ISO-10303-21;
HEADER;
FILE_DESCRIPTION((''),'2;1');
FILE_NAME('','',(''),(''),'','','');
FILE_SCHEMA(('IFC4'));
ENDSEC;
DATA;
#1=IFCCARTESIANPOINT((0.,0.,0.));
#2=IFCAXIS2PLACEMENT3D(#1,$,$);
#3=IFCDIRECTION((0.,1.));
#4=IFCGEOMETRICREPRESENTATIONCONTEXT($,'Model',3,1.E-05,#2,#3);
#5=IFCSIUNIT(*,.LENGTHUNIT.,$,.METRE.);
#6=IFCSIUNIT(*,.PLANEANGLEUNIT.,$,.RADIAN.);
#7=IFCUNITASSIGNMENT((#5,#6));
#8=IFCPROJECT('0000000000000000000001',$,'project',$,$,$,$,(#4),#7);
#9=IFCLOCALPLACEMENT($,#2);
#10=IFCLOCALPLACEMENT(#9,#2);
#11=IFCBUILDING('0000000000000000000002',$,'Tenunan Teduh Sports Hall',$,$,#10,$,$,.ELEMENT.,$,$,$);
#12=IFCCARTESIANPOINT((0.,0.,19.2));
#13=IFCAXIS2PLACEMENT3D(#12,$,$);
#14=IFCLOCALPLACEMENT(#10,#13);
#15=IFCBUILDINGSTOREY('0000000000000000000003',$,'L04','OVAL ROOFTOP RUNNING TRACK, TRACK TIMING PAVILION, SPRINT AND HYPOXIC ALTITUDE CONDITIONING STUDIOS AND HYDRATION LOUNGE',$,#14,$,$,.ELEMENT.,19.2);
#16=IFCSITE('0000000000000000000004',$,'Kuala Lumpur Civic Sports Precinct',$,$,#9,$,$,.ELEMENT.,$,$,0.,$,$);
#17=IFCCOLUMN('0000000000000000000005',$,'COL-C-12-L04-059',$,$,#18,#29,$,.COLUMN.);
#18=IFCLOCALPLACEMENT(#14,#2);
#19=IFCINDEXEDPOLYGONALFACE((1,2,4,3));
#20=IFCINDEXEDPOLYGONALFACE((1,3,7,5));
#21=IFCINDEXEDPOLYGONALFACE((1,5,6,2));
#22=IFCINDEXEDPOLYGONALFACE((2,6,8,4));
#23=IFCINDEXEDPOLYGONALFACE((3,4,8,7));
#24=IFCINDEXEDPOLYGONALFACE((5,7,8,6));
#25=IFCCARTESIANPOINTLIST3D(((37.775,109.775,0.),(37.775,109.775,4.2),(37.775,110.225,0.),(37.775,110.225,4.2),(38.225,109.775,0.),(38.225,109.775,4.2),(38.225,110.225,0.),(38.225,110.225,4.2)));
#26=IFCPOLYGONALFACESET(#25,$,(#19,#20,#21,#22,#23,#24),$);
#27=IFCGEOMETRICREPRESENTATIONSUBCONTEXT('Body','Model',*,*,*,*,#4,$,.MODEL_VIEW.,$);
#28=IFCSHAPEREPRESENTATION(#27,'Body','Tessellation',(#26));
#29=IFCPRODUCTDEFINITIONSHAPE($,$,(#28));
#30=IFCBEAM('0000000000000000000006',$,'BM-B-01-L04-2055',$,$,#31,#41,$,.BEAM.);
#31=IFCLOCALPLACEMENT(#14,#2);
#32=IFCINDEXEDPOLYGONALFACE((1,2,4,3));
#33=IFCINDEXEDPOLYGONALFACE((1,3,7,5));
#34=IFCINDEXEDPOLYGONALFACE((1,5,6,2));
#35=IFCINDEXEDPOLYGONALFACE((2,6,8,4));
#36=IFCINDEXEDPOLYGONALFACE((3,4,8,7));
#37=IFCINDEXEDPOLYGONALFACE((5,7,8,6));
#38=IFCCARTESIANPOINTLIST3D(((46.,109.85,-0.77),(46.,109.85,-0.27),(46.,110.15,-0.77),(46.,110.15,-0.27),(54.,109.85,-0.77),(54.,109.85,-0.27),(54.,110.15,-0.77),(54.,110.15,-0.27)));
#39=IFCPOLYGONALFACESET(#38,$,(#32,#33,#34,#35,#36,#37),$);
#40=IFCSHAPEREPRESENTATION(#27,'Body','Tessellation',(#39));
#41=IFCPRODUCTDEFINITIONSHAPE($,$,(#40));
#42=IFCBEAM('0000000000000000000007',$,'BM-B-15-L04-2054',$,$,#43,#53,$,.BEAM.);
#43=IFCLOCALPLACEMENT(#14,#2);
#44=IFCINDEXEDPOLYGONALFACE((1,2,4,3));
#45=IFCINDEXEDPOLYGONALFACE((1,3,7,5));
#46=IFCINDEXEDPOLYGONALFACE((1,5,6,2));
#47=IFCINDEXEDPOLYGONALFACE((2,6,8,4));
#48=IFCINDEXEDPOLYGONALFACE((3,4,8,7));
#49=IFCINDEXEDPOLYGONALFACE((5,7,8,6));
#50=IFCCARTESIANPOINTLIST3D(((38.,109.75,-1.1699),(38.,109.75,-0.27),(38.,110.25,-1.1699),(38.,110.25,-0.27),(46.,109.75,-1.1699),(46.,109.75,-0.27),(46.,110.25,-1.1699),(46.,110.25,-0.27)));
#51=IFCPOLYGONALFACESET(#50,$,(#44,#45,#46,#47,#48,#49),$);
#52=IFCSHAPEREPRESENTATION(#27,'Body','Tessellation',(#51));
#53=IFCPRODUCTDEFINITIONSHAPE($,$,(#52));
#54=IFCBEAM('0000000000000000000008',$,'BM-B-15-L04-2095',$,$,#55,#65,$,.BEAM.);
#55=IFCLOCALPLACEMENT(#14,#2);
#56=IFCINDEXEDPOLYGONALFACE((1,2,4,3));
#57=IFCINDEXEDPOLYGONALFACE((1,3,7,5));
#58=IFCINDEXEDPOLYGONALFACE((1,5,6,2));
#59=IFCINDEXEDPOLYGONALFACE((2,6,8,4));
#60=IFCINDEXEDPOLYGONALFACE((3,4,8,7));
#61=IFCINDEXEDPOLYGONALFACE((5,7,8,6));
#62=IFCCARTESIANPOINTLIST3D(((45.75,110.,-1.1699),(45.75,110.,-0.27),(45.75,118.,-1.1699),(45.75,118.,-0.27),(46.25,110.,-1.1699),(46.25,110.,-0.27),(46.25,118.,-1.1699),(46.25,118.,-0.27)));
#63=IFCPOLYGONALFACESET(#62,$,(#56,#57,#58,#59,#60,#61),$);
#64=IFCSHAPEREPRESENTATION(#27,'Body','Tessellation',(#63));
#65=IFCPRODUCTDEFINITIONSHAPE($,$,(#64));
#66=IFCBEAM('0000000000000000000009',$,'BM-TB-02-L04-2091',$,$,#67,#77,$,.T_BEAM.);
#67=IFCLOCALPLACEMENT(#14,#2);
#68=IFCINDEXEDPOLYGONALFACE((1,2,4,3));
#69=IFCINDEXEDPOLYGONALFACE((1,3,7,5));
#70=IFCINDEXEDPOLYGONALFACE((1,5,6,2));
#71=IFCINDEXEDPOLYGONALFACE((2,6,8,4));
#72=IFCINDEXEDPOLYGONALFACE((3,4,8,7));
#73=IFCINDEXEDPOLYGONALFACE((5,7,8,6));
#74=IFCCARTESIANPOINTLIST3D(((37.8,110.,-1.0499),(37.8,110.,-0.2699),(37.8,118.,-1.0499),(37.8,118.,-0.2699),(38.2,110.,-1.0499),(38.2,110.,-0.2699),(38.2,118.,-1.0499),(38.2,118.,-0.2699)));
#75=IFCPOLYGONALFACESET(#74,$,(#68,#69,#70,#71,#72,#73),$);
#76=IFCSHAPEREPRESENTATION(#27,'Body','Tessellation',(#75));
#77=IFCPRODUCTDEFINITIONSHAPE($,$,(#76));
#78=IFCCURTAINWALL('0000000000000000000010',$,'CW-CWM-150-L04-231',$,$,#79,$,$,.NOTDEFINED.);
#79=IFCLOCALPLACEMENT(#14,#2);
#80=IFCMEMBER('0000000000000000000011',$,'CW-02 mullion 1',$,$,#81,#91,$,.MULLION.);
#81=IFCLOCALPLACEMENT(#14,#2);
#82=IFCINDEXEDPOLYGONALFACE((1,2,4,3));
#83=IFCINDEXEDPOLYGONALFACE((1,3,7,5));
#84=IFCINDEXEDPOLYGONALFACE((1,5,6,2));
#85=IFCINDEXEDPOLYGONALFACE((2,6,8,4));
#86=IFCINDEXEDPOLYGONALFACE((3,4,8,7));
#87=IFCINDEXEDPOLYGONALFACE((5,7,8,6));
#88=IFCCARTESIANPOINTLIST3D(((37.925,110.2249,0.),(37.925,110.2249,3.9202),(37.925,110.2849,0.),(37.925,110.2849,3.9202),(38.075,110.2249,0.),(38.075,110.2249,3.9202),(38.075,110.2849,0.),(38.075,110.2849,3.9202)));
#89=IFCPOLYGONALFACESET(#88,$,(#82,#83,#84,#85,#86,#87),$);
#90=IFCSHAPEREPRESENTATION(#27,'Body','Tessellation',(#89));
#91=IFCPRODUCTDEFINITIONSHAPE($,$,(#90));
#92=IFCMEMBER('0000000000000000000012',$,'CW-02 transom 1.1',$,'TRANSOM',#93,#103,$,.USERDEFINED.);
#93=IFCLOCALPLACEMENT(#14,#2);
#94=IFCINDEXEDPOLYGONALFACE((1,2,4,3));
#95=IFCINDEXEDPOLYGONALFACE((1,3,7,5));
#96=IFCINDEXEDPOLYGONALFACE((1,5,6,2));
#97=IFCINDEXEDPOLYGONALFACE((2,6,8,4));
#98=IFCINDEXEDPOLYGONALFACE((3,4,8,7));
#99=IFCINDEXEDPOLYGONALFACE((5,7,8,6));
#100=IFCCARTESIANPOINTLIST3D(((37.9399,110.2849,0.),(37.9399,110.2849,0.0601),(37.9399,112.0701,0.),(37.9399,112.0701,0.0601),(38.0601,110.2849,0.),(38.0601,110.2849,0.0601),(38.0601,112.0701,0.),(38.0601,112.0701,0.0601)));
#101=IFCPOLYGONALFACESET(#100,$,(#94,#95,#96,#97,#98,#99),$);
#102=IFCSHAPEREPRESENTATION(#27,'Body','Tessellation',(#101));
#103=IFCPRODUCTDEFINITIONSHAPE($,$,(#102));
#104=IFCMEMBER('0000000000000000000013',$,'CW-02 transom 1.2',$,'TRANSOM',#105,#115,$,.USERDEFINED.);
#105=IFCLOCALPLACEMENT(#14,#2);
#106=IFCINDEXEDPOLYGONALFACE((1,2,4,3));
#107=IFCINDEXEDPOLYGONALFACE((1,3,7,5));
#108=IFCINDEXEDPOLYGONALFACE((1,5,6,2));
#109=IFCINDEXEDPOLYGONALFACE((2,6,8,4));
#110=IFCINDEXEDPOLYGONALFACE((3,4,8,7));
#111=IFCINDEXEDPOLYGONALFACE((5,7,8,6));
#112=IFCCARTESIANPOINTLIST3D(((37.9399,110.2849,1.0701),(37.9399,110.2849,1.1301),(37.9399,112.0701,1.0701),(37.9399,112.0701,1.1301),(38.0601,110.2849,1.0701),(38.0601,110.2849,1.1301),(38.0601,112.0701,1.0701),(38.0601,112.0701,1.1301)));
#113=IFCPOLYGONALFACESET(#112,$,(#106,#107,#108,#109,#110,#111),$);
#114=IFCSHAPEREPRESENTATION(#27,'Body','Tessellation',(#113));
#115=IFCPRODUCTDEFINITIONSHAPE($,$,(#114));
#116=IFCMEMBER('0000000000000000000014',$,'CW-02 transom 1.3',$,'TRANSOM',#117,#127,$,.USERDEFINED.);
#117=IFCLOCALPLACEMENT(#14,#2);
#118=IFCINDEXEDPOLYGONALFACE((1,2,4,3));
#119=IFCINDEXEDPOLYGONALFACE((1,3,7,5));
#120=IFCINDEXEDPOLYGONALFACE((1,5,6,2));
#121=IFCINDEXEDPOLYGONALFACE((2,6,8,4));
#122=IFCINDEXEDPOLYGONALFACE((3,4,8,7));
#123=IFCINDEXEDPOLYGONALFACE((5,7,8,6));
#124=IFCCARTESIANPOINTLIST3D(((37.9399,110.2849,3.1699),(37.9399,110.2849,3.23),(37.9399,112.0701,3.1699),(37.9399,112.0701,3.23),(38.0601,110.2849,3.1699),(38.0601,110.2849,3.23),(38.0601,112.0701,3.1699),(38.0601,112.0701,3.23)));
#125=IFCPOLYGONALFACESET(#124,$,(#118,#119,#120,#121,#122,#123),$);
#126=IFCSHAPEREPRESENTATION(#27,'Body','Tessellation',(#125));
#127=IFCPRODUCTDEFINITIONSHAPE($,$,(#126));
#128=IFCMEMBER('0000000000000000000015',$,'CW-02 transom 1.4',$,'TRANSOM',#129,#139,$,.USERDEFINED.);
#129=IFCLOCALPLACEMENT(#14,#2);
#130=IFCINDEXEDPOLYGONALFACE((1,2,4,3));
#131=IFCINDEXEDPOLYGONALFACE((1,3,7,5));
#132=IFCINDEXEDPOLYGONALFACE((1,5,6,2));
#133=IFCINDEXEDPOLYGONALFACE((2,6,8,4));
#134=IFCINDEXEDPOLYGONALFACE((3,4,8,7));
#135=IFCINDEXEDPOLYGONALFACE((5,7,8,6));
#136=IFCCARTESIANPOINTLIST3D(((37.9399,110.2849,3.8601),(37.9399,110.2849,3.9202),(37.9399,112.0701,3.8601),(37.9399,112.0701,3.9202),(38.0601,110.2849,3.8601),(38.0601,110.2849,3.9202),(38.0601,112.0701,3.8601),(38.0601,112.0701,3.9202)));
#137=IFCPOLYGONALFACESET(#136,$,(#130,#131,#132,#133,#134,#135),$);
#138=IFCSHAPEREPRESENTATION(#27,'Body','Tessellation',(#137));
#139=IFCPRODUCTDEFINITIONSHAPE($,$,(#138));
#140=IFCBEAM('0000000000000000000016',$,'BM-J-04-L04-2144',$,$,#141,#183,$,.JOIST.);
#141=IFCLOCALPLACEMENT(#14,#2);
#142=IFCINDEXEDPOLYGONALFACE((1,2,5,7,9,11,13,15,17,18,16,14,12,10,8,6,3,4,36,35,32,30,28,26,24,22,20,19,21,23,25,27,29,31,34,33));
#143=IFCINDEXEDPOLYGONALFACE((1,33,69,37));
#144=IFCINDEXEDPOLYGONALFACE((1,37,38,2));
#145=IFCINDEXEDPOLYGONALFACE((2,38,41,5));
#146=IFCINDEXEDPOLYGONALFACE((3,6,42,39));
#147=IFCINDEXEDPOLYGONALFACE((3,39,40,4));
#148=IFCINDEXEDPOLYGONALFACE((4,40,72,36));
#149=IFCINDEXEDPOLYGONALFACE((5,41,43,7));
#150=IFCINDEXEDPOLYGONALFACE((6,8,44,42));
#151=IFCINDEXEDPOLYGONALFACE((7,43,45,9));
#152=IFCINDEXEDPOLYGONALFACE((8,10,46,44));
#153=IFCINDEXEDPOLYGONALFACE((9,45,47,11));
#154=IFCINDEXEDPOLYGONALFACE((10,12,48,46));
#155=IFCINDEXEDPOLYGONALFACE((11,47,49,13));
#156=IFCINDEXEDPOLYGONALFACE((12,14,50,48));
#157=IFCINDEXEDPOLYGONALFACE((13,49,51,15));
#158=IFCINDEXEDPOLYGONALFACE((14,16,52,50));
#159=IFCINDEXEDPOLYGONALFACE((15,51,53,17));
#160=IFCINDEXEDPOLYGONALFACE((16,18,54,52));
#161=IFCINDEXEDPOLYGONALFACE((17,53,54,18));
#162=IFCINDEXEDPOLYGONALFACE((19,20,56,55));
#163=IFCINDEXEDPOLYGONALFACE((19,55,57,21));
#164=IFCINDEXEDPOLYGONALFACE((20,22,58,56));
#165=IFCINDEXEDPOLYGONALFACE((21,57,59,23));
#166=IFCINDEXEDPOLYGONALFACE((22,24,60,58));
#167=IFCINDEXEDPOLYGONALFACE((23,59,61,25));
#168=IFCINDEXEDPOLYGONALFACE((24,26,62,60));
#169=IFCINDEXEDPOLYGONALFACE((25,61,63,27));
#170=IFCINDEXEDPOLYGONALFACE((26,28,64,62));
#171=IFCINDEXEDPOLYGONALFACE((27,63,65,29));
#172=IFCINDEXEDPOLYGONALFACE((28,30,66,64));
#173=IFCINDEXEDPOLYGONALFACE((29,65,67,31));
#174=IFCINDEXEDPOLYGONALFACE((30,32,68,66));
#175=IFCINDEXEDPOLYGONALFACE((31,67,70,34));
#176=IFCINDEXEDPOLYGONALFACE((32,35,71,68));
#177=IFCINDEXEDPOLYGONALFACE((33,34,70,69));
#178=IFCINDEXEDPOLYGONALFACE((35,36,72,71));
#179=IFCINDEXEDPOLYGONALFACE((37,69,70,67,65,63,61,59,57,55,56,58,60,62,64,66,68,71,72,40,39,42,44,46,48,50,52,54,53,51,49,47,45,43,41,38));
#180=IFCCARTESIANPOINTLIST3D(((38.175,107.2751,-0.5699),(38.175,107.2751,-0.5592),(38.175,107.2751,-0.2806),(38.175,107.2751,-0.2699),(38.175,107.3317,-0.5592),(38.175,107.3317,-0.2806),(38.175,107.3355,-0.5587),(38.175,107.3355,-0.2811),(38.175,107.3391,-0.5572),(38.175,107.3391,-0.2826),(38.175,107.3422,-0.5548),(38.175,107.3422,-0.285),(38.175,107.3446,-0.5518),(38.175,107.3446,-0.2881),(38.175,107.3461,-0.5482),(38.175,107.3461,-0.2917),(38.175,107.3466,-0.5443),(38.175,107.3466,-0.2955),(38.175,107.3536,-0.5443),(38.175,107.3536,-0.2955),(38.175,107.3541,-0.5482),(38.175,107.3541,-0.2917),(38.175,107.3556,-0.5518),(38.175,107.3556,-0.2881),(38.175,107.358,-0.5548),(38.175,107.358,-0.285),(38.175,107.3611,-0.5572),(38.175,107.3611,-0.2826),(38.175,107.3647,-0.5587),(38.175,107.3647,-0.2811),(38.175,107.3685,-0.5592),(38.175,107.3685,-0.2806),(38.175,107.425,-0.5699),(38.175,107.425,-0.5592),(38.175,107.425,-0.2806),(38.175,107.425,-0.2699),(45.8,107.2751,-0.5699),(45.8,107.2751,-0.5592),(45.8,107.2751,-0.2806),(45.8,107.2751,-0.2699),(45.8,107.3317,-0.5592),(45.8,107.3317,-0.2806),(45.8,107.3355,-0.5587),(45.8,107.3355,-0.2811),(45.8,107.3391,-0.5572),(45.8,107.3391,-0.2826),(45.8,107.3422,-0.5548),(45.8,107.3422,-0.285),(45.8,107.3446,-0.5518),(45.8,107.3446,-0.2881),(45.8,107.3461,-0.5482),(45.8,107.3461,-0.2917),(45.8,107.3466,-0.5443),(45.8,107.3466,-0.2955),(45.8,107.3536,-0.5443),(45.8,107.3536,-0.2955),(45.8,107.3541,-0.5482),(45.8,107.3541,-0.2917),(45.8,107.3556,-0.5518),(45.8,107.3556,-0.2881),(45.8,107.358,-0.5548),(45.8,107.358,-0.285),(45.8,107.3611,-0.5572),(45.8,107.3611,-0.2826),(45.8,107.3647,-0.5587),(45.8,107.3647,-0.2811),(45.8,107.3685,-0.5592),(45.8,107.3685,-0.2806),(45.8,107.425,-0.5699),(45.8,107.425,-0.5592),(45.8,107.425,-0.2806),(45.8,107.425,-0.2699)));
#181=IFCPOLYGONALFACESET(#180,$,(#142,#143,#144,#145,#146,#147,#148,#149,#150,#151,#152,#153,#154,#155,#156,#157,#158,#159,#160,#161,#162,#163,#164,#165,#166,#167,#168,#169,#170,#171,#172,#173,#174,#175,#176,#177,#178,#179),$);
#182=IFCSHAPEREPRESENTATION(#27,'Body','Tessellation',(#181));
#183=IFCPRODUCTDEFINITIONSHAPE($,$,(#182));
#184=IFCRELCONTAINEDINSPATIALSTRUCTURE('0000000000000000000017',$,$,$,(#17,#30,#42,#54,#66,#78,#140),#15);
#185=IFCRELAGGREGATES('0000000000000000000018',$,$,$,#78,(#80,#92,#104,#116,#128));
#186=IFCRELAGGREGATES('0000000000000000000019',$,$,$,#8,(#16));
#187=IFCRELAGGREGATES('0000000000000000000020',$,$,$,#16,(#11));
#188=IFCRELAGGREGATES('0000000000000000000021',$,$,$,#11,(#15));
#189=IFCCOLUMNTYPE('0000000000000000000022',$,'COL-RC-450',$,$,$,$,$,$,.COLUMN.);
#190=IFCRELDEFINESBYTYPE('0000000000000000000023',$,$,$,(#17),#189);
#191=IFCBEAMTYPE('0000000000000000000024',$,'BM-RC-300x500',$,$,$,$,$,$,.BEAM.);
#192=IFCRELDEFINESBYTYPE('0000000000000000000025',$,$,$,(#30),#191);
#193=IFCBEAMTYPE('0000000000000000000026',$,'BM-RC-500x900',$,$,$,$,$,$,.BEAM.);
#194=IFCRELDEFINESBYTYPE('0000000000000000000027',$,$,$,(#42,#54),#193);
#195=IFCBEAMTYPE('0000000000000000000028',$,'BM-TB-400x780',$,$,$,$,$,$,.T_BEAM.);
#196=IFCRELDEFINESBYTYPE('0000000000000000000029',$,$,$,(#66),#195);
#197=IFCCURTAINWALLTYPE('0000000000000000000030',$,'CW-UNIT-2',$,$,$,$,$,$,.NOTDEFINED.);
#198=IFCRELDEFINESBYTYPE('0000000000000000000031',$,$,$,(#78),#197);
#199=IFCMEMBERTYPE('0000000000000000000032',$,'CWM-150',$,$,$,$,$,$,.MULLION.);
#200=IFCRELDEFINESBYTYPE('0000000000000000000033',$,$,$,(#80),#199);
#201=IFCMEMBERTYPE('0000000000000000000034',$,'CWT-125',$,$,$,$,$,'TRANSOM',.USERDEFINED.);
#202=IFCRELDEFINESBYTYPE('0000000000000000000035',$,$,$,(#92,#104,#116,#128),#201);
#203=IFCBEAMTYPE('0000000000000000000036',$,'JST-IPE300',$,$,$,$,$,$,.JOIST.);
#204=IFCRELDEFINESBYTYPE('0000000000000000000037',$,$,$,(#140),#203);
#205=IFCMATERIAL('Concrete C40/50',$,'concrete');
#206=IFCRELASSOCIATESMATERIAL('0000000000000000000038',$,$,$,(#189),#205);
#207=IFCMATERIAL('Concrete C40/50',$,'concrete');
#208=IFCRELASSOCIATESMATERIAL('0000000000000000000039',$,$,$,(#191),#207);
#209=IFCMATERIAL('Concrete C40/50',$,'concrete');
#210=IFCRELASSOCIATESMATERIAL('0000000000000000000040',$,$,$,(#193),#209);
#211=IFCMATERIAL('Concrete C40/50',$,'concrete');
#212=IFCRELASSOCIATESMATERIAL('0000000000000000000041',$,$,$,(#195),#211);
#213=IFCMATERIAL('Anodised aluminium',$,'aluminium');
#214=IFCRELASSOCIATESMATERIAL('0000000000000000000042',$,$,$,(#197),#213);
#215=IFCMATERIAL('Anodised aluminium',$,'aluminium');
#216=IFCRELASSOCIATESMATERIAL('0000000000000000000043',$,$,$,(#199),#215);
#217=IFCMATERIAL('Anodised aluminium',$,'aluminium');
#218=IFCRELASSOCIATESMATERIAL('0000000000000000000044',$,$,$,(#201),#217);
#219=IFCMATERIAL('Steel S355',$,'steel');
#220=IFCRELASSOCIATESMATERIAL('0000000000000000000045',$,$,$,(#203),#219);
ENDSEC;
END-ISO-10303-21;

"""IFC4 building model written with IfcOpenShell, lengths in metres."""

from ifc_helpers import new_model, si_unit, direction, frame, origin, origin_2d, place, context, subcontext, project, spatial, rectangle, i_section, extrude, material, material_profile, profile_set, type_object, element, aggregate, save


model = new_model("IFC4")

# Units and contexts
model_context = context("Model", 3, precision=1e-05, world=origin(), true_north=direction((0.0, 1.0)))
body_context = subcontext(model_context, "Body", "Model", "MODEL_VIEW")
ifc_project = project(units=[si_unit("LENGTHUNIT", "METRE"), si_unit("PLANEANGLEUNIT", "RADIAN")], contexts=[model_context])

# Site, building, storey
site_placement = place(None, origin())
site = spatial("IfcSite", under=ifc_project, at=site_placement, Name="Kuala Lumpur Civic Sports Precinct", CompositionType="ELEMENT", RefElevation=0.0)
building_placement = place(site_placement, origin())
building = spatial("IfcBuilding", under=site, at=building_placement, Name="Tenunan Teduh Sports Hall", CompositionType="ELEMENT")
storey_placement = place(building_placement, frame((0.0, 0.0, 19.2)))
storey = spatial("IfcBuildingStorey", under=building, at=storey_placement, Name="L04", Description="OVAL ROOFTOP RUNNING TRACK, TRACK TIMING PAVILION, SPRINT AND HYPOXIC ALTITUDE CONDITIONING STUDIOS AND HYDRATION LOUNGE", CompositionType="ELEMENT", Elevation=19.2)

# Column
ifc_material_1 = material(Name="Concrete C40/50", Category="concrete")
ifc_material_profile_1 = material_profile(ifc_material_1, rectangle(XDim=0.45, YDim=0.45, at=origin_2d()), Name="RC 450x450")
ifc_profile_set_1 = profile_set([ifc_material_profile_1], Name="Concrete C40/50")
column_type = type_object("IfcColumnType", Name="COL-RC-450", PredefinedType="COLUMN", material=ifc_profile_set_1)
column_placement = place(storey_placement, frame((38.0, 110.0, 0.0), z_axis=(0.0, 0.0, 1.0), x_axis=(1.0, 0.0, 0.0)))
element("IfcColumn", 1, at=column_placement, inside=storey, type_object=column_type, Name="COL-C-12-L04-059", PredefinedType="COLUMN", context=body_context, shape_type="SweptSolid", body=[
    extrude(rectangle(XDim=0.45, YDim=0.45, at=origin_2d()), origin(), (0.0, 0.0, 1.0), 4.2),
])

# Beams
ifc_material_2 = material(Name="Concrete C40/50", Category="concrete")
ifc_material_profile_2 = material_profile(ifc_material_2, rectangle(XDim=0.3, YDim=0.5, at=origin_2d()), Name="RCB 300x500")
ifc_profile_set_2 = profile_set([ifc_material_profile_2], Name="Concrete C40/50")
beam_type_1 = type_object("IfcBeamType", Name="BM-RC-300x500", PredefinedType="BEAM", material=ifc_profile_set_2)
beam_1_placement = place(storey_placement, frame((46.0, 110.0, -0.52), z_axis=(1.0, 0.0, 0.0), x_axis=(0.0, 1.0, 0.0)))
element("IfcBeam", 2, at=beam_1_placement, inside=storey, type_object=beam_type_1, Name="BM-B-01-L04-2055", PredefinedType="BEAM", context=body_context, shape_type="SweptSolid", body=[
    extrude(rectangle(XDim=0.3, YDim=0.5, at=origin_2d()), origin(), (0.0, 0.0, 1.0), 8.0),
])
ifc_material_3 = material(Name="Concrete C40/50", Category="concrete")
ifc_material_profile_3 = material_profile(ifc_material_3, rectangle(XDim=0.5, YDim=0.8999, at=origin_2d()), Name="RCB 500x900")
ifc_profile_set_3 = profile_set([ifc_material_profile_3], Name="Concrete C40/50")
beam_type_2 = type_object("IfcBeamType", Name="BM-RC-500x900", PredefinedType="BEAM", material=ifc_profile_set_3)
for number, where, z_axis, x_axis, name in (
    (3, (38.0, 110.0, -0.72), (1.0, 0.0, 0.0), (0.0, 1.0, 0.0), "BM-B-15-L04-2054"),
    (4, (46.0, 110.0, -0.72), (0.0, 1.0, 0.0), (-1.0, 0.0, 0.0), "BM-B-15-L04-2095"),
):
    element("IfcBeam", number, at=place(storey_placement, frame(where, z_axis=z_axis, x_axis=x_axis)), inside=storey, type_object=beam_type_2, Name=name, PredefinedType="BEAM", context=body_context, shape_type="SweptSolid", body=[
        extrude(rectangle(XDim=0.5, YDim=0.8999, at=origin_2d()), origin(), (0.0, 0.0, 1.0), 8.0),
    ])
ifc_material_4 = material(Name="Concrete C40/50", Category="concrete")
ifc_material_profile_4 = material_profile(ifc_material_4, rectangle(XDim=0.3999, YDim=0.78, at=origin_2d()), Name="TB 400x780")
ifc_profile_set_4 = profile_set([ifc_material_profile_4], Name="Concrete C40/50")
beam_type_3 = type_object("IfcBeamType", Name="BM-TB-400x780", PredefinedType="T_BEAM", material=ifc_profile_set_4)
beam_2_placement = place(storey_placement, frame((38.0, 110.0, -0.6599), z_axis=(0.0, 1.0, 0.0), x_axis=(-1.0, 0.0, 0.0)))
element("IfcBeam", 5, at=beam_2_placement, inside=storey, type_object=beam_type_3, Name="BM-TB-02-L04-2091", PredefinedType="T_BEAM", context=body_context, shape_type="SweptSolid", body=[
    extrude(rectangle(XDim=0.3999, YDim=0.78, at=origin_2d()), origin(), (0.0, 0.0, 1.0), 8.0),
])

# Curtain wall, members
ifc_material_5 = material(Name="Anodised aluminium", Category="aluminium")
curtain_wall_type = type_object("IfcCurtainWallType", Name="CW-UNIT-2", PredefinedType="NOTDEFINED", material=ifc_material_5)
curtain_wall_placement = place(storey_placement, origin())
curtain_wall = element("IfcCurtainWall", 6, at=curtain_wall_placement, inside=storey, type_object=curtain_wall_type, Name="CW-CWM-150-L04-231", PredefinedType="NOTDEFINED")
ifc_material_6 = material(Name="Anodised aluminium", Category="aluminium")
ifc_material_profile_5 = material_profile(ifc_material_6, rectangle(XDim=0.0601, YDim=0.1499, at=origin_2d()), Name="CWM 60x150")
ifc_profile_set_5 = profile_set([ifc_material_profile_5], Name="Anodised aluminium")
member_type_1 = type_object("IfcMemberType", Name="CWM-150", PredefinedType="MULLION", material=ifc_profile_set_5)
member_1_placement = place(storey_placement, frame((38.0, 110.2549, 0.0), z_axis=(0.0, 0.0, 1.0), x_axis=(0.0, 1.0, 0.0)))
member_1 = element("IfcMember", 7, at=member_1_placement, type_object=member_type_1, Name="CW-02 mullion 1", PredefinedType="MULLION", context=body_context, shape_type="SweptSolid", body=[
    extrude(rectangle(XDim=0.0601, YDim=0.1499, at=origin_2d()), origin(), (0.0, 0.0, 1.0), 3.9202),
])
ifc_material_7 = material(Name="Anodised aluminium", Category="aluminium")
ifc_material_profile_6 = material_profile(ifc_material_7, rectangle(XDim=0.0601, YDim=0.1201, at=origin_2d()), Name="CWT 60x120")
ifc_profile_set_6 = profile_set([ifc_material_profile_6], Name="Anodised aluminium")
member_type_2 = type_object("IfcMemberType", Name="CWT-125", ElementType="TRANSOM", PredefinedType="USERDEFINED", material=ifc_profile_set_6)
member_2_placement = place(storey_placement, frame((38.0, 110.2849, 0.03), z_axis=(0.0, 1.0, 0.0), x_axis=(0.0, 0.0, 1.0)))
member_2 = element("IfcMember", 8, at=member_2_placement, type_object=member_type_2, Name="CW-02 transom 1.1", ObjectType="TRANSOM", PredefinedType="USERDEFINED", context=body_context, shape_type="SweptSolid", body=[
    extrude(rectangle(XDim=0.0601, YDim=0.1201, at=origin_2d()), origin(), (0.0, 0.0, 1.0), 1.7852),
])
member_3_placement = place(storey_placement, frame((38.0, 110.2849, 1.1001), z_axis=(0.0, 1.0, 0.0), x_axis=(0.0, 0.0, 1.0)))
member_3 = element("IfcMember", 9, at=member_3_placement, type_object=member_type_2, Name="CW-02 transom 1.2", ObjectType="TRANSOM", PredefinedType="USERDEFINED", context=body_context, shape_type="SweptSolid", body=[
    extrude(rectangle(XDim=0.0601, YDim=0.1201, at=origin_2d()), origin(), (0.0, 0.0, 1.0), 1.7852),
])
member_4_placement = place(storey_placement, frame((38.0, 110.2849, 3.2), z_axis=(0.0, 1.0, 0.0), x_axis=(0.0, 0.0, 1.0)))
member_4 = element("IfcMember", 10, at=member_4_placement, type_object=member_type_2, Name="CW-02 transom 1.3", ObjectType="TRANSOM", PredefinedType="USERDEFINED", context=body_context, shape_type="SweptSolid", body=[
    extrude(rectangle(XDim=0.0601, YDim=0.1201, at=origin_2d()), origin(), (0.0, 0.0, 1.0), 1.7852),
])
member_5_placement = place(storey_placement, frame((38.0, 110.2849, 3.8901), z_axis=(0.0, 1.0, 0.0), x_axis=(0.0, 0.0, 1.0)))
member_5 = element("IfcMember", 11, at=member_5_placement, type_object=member_type_2, Name="CW-02 transom 1.4", ObjectType="TRANSOM", PredefinedType="USERDEFINED", context=body_context, shape_type="SweptSolid", body=[
    extrude(rectangle(XDim=0.0601, YDim=0.1201, at=origin_2d()), origin(), (0.0, 0.0, 1.0), 1.7852),
])

# Beam
ifc_material_8 = material(Name="Steel S355", Category="steel")
ifc_material_profile_7 = material_profile(ifc_material_8, i_section(OverallWidth=0.1499, OverallDepth=0.3, WebThickness=0.0071, FlangeThickness=0.0107, FilletRadius=0.0149, at=origin_2d()), Name="IPE 300")
ifc_profile_set_7 = profile_set([ifc_material_profile_7], Name="Steel S355")
beam_type_4 = type_object("IfcBeamType", Name="JST-IPE300", PredefinedType="JOIST", material=ifc_profile_set_7)
beam_3_placement = place(storey_placement, frame((38.175, 107.3501, -0.4199), z_axis=(1.0, 0.0, 0.0), x_axis=(0.0, 1.0, 0.0)))
element("IfcBeam", 12, at=beam_3_placement, inside=storey, type_object=beam_type_4, Name="BM-J-04-L04-2144", PredefinedType="JOIST", context=body_context, shape_type="SweptSolid", body=[
    extrude(i_section(OverallWidth=0.1499, OverallDepth=0.3, WebThickness=0.0071, FlangeThickness=0.0107, FilletRadius=0.0149, at=origin_2d()), origin(), (0.0, 0.0, 1.0), 7.625),
])

aggregate(curtain_wall, [member_1, member_2, member_3, member_4, member_5])

save(model, "model.ifc")
